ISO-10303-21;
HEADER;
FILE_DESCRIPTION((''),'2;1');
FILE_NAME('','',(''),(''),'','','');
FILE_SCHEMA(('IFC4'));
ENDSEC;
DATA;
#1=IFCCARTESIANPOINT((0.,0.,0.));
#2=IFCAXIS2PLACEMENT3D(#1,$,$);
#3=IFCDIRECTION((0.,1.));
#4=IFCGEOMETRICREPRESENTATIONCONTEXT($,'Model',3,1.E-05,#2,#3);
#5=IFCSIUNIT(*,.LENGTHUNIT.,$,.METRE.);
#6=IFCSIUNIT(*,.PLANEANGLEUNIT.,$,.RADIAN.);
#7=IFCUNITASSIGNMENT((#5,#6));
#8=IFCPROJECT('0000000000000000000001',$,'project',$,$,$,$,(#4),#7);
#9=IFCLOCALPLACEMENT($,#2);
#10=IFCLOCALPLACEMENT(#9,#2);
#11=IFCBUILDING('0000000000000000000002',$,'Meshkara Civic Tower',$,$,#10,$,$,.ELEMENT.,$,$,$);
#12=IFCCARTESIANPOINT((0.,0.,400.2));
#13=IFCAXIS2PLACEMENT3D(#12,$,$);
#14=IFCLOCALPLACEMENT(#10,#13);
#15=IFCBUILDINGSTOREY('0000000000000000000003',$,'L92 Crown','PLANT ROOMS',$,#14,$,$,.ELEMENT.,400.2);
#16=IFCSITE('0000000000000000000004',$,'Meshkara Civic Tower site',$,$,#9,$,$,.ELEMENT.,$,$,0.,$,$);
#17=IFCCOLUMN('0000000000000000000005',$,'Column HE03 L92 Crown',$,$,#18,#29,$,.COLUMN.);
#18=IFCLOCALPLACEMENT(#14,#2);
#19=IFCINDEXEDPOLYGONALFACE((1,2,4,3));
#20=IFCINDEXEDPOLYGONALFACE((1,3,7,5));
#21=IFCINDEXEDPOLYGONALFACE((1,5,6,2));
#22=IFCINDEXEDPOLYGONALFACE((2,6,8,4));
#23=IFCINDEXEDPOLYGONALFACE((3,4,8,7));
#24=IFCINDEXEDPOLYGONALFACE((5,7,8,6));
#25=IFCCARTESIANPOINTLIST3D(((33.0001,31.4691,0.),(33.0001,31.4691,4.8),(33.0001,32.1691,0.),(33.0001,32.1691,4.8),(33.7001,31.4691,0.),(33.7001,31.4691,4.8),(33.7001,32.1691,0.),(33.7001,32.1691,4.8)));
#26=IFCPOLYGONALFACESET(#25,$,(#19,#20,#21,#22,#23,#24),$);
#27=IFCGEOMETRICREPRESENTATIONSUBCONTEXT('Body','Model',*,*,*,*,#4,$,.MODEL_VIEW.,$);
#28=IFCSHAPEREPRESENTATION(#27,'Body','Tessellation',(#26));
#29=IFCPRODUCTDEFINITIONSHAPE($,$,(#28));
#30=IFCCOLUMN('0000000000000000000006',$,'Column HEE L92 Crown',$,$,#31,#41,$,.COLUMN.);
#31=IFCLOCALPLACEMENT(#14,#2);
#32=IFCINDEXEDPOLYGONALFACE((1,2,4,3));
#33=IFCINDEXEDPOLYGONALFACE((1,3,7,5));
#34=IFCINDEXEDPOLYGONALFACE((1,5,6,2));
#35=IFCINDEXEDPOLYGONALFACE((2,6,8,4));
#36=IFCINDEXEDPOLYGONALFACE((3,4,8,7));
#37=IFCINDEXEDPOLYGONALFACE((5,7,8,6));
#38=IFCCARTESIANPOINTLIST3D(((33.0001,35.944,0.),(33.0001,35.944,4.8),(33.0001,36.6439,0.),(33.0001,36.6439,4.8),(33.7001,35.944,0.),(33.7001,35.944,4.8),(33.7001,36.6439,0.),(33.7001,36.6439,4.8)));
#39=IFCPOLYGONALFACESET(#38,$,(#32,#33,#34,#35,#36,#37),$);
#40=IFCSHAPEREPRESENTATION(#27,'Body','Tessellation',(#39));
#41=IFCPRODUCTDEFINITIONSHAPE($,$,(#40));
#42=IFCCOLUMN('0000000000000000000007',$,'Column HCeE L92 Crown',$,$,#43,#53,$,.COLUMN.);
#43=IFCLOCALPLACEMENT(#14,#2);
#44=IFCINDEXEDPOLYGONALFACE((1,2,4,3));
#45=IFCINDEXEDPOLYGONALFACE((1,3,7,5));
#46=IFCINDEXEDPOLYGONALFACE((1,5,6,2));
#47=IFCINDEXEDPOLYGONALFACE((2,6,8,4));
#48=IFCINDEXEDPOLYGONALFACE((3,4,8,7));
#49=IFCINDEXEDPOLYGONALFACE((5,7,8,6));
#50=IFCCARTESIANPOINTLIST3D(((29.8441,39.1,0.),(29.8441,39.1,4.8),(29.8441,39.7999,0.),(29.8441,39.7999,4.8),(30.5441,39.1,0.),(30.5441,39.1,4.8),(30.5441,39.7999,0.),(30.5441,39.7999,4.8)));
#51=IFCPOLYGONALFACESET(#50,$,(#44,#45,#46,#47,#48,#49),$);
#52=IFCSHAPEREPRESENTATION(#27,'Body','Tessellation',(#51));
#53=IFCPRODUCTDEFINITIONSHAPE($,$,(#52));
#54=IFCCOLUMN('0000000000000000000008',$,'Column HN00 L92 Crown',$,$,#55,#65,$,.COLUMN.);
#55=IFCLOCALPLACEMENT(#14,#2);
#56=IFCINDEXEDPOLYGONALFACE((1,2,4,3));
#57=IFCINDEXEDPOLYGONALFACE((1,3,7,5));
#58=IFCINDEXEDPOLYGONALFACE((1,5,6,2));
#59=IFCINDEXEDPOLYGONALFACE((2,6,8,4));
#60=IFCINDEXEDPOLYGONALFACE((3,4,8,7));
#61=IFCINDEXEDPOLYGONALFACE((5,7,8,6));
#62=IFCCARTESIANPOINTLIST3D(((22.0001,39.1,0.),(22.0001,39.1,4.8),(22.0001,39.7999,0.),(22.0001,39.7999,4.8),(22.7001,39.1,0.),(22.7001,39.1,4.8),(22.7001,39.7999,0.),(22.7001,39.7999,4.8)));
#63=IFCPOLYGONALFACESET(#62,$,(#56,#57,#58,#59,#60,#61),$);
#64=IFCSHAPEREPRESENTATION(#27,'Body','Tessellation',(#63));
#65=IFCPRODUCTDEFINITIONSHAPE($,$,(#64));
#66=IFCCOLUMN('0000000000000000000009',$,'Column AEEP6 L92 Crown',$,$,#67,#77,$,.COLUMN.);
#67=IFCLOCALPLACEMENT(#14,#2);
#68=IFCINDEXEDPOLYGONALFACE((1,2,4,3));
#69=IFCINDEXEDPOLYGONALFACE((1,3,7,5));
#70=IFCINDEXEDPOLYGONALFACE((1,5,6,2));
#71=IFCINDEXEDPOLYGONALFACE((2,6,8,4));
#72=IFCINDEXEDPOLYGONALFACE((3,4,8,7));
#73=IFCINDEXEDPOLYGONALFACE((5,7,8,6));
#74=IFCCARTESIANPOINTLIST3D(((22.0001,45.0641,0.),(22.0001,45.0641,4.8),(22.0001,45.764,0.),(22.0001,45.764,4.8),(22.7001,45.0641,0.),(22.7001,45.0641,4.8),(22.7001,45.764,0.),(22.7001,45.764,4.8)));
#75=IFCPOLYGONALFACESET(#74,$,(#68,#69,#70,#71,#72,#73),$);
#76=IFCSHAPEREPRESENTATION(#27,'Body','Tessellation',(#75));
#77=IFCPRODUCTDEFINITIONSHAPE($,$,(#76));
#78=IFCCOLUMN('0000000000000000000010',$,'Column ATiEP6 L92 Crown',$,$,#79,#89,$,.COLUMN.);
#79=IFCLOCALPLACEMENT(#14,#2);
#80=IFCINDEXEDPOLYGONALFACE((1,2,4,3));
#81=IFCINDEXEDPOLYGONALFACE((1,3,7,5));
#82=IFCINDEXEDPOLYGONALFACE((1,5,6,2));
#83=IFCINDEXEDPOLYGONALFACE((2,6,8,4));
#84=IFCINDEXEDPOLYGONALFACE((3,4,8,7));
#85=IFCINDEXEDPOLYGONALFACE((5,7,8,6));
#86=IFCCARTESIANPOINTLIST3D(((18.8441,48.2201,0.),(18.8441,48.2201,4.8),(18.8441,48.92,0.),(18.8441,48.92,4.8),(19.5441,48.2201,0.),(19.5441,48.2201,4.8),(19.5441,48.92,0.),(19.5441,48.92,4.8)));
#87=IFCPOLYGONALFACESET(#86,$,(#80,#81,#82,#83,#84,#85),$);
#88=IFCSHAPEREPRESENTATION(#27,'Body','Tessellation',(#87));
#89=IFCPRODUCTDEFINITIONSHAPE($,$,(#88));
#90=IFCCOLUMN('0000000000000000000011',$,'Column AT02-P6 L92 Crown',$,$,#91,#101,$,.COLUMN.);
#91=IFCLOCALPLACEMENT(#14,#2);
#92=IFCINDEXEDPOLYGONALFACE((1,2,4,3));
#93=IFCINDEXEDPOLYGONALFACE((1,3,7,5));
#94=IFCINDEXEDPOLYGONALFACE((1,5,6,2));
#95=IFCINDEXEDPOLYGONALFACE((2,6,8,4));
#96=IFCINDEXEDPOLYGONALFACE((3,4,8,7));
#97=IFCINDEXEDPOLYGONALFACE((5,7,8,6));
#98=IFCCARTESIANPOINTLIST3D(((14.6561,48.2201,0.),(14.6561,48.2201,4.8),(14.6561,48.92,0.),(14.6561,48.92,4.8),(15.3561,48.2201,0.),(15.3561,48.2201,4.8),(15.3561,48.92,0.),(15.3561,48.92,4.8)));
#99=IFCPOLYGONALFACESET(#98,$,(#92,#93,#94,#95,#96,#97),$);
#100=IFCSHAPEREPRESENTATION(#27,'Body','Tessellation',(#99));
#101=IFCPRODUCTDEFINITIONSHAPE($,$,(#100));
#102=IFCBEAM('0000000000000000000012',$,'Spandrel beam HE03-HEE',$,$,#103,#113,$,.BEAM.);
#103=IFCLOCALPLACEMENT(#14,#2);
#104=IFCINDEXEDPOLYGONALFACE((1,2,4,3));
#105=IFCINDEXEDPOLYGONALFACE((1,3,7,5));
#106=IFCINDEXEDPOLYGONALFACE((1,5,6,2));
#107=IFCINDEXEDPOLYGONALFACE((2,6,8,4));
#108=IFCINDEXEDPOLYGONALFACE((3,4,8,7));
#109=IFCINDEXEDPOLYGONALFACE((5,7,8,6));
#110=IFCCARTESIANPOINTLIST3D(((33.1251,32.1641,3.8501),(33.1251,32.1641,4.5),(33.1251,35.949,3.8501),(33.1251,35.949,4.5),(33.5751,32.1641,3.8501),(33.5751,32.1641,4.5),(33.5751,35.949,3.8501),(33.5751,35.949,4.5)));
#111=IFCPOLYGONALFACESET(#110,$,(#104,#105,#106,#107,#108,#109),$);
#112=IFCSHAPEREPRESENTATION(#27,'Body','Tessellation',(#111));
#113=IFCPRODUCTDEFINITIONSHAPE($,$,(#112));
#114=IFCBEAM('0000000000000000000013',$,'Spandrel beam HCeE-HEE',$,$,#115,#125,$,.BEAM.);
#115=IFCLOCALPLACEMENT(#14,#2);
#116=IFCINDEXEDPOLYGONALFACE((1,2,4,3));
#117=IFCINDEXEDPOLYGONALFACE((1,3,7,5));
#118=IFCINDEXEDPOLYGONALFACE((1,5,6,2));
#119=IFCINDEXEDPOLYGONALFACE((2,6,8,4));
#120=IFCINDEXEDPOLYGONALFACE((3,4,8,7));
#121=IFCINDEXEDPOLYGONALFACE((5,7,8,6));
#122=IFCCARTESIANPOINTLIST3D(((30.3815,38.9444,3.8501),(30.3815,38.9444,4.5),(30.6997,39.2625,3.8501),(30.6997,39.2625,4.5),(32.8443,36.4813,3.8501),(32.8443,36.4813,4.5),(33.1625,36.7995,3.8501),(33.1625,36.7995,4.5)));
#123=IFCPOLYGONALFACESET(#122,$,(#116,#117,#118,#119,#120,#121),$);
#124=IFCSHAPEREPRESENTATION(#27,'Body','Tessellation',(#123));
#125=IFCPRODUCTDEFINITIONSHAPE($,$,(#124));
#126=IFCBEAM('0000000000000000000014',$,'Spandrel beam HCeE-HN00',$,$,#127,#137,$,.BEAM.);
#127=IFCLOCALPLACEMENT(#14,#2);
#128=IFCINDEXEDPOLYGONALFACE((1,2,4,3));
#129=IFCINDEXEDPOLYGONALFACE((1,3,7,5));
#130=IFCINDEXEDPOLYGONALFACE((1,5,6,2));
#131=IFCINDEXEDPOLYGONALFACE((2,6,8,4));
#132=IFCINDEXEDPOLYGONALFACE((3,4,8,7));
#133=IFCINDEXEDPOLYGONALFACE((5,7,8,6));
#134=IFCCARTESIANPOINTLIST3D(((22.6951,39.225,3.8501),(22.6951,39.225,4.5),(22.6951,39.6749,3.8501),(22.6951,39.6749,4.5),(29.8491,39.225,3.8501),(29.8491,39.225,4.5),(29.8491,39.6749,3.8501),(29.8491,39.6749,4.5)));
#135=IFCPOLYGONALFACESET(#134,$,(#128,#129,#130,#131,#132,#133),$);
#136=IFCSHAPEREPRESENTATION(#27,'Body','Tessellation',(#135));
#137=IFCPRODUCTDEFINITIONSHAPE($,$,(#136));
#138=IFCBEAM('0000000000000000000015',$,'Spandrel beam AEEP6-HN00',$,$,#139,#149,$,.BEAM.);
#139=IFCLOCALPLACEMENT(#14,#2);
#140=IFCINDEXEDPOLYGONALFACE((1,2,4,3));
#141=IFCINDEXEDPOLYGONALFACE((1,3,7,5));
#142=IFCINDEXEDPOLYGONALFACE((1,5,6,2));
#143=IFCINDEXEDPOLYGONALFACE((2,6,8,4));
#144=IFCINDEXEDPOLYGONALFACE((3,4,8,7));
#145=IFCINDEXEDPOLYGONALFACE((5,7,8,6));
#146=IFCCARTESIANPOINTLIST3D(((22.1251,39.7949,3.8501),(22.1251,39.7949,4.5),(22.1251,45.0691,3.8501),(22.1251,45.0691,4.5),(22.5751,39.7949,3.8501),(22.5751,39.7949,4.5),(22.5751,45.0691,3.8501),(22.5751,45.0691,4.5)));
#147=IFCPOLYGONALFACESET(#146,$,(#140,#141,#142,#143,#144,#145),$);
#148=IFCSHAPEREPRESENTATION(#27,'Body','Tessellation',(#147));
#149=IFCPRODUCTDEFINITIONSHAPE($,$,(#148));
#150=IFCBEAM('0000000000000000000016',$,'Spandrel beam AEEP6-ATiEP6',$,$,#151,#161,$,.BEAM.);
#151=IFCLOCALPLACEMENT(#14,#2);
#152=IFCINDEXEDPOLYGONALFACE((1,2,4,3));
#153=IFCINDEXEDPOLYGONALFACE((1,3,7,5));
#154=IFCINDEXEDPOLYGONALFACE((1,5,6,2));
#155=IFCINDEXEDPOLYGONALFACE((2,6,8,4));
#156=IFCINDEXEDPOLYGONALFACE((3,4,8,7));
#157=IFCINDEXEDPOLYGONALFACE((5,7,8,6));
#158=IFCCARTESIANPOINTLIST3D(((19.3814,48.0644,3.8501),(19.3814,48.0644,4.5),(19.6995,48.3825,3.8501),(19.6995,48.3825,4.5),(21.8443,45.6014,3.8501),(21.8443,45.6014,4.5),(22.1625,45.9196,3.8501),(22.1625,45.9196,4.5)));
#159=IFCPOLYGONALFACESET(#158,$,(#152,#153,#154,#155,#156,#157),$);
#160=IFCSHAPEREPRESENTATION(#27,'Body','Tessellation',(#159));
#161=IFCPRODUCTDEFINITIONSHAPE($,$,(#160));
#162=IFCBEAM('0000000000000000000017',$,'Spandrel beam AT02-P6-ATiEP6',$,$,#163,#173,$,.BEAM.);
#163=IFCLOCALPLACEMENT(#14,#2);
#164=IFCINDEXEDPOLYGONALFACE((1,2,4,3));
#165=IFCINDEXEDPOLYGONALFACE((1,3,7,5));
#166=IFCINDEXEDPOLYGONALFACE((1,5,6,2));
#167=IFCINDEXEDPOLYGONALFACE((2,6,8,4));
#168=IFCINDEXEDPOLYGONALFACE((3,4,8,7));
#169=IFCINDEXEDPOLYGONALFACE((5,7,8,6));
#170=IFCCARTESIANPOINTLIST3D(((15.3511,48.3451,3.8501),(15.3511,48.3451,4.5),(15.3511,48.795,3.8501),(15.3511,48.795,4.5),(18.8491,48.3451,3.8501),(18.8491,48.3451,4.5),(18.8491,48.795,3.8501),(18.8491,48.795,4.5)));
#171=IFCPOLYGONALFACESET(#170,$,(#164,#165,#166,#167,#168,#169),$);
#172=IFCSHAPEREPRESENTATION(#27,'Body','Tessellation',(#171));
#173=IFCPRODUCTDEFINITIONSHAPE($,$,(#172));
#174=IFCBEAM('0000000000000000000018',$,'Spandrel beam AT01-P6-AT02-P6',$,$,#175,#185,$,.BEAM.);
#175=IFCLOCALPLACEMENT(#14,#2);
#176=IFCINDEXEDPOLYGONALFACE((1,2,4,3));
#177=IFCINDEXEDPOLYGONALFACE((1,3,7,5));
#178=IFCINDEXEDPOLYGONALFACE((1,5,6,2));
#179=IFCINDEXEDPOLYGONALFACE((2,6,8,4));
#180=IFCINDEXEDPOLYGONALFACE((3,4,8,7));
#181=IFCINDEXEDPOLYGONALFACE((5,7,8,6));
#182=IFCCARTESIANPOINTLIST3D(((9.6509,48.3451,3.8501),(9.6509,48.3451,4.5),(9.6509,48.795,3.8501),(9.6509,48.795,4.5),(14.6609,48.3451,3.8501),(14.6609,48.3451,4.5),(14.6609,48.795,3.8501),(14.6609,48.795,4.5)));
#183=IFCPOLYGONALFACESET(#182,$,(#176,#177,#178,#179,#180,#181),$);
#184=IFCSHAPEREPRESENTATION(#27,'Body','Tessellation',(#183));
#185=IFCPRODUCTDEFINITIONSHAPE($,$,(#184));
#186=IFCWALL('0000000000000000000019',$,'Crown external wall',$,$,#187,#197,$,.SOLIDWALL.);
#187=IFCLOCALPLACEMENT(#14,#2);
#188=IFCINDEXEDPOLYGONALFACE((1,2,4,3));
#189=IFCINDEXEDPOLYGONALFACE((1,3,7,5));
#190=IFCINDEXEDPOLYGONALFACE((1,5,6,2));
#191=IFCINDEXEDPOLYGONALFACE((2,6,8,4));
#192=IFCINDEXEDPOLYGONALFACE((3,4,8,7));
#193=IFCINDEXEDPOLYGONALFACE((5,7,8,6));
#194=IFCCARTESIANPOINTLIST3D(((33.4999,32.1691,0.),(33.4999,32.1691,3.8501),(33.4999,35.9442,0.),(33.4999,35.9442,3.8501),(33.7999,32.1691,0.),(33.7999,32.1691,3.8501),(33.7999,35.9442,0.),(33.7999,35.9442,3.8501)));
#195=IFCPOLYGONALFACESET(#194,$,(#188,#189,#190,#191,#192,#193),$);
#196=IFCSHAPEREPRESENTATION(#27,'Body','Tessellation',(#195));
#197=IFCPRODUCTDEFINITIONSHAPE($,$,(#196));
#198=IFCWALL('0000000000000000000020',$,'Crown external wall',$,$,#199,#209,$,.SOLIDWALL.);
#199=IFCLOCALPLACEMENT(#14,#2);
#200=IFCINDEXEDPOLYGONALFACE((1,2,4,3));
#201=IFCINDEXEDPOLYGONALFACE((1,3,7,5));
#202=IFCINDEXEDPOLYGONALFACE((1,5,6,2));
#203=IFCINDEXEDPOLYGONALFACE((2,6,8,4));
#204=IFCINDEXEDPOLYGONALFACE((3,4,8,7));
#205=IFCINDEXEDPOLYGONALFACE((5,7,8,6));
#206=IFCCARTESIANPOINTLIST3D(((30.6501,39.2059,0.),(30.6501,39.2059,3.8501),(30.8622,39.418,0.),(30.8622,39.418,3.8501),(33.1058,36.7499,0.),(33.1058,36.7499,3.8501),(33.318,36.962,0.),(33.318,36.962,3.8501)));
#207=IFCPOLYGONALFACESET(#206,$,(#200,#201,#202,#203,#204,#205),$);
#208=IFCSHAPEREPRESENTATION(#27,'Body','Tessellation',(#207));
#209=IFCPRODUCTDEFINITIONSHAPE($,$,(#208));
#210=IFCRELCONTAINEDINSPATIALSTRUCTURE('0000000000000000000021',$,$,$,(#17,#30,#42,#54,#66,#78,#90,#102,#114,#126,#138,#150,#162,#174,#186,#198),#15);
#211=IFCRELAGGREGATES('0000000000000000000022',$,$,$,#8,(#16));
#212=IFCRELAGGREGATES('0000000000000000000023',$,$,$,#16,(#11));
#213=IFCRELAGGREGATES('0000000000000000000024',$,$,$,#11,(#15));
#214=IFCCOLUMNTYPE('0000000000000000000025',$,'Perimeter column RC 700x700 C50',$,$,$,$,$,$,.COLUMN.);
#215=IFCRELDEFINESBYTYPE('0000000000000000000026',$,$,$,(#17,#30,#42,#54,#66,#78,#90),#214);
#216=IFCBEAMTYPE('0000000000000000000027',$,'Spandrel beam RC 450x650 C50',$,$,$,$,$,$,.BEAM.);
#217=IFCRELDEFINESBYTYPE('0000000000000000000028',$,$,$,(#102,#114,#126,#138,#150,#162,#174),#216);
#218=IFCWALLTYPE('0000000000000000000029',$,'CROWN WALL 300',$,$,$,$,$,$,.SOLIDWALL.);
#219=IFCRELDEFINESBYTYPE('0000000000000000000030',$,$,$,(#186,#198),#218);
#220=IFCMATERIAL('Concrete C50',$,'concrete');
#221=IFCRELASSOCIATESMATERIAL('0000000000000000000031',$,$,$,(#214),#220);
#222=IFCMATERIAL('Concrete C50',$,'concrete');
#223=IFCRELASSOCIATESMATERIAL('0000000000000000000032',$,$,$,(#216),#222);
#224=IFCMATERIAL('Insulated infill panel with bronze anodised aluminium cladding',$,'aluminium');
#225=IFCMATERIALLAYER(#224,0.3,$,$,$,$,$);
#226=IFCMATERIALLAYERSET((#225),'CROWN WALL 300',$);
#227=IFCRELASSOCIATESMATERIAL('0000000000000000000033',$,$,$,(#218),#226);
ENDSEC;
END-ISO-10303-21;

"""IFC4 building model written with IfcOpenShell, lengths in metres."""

from ifc_helpers import new_model, si_unit, direction, frame, frame_2d, origin, origin_2d, place, context, subcontext, project, spatial, rectangle, extrude, material, layer, layer_set, material_profile, profile_set, type_object, element, save


model = new_model("IFC4")

# Units and contexts
model_context = context("Model", 3, precision=1e-05, world=origin(), true_north=direction((0.0, 1.0)))
body_context = subcontext(model_context, "Body", "Model", "MODEL_VIEW")
ifc_project = project(units=[si_unit("LENGTHUNIT", "METRE"), si_unit("PLANEANGLEUNIT", "RADIAN")], contexts=[model_context])

# Site, building, storey
site_placement = place(None, origin())
site = spatial("IfcSite", under=ifc_project, at=site_placement, Name="Meshkara Civic Tower site", CompositionType="ELEMENT", RefElevation=0.0)
building_placement = place(site_placement, origin())
building = spatial("IfcBuilding", under=site, at=building_placement, Name="Meshkara Civic Tower", CompositionType="ELEMENT")
storey_placement = place(building_placement, frame((0.0, 0.0, 400.2)))
storey = spatial("IfcBuildingStorey", under=building, at=storey_placement, Name="L92 Crown", Description="PLANT ROOMS", CompositionType="ELEMENT", Elevation=400.2)

# Columns
ifc_material_1 = material(Name="Concrete C50", Category="concrete")
ifc_material_profile_1 = material_profile(ifc_material_1, rectangle(XDim=0.7, YDim=0.7, at=origin_2d()))
ifc_profile_set_1 = profile_set([ifc_material_profile_1], Name="Concrete C50")
column_type = type_object("IfcColumnType", Name="Perimeter column RC 700x700 C50", PredefinedType="COLUMN", material=ifc_profile_set_1)
for number, where, z_axis, x_axis, name in (
    (1, (33.3501, 31.8191, 0.0), (0.0, 0.0, 1.0), (1.0, 0.0, 0.0), "Column HE03 L92 Crown"),
    (2, (33.3501, 36.2939, 0.0), (0.0, 0.0, 1.0), (1.0, 0.0, 0.0), "Column HEE L92 Crown"),
    (3, (30.1941, 39.45, 0.0), (0.0, 0.0, 1.0), (1.0, 0.0, 0.0), "Column HCeE L92 Crown"),
    (4, (22.3501, 39.45, 0.0), (0.0, 0.0, 1.0), (1.0, 0.0, 0.0), "Column HN00 L92 Crown"),
    (5, (22.3501, 45.4141, 0.0), (0.0, 0.0, 1.0), (1.0, 0.0, 0.0), "Column AEEP6 L92 Crown"),
    (6, (19.1941, 48.5701, 0.0), (0.0, 0.0, 1.0), (1.0, 0.0, 0.0), "Column ATiEP6 L92 Crown"),
    (7, (15.0061, 48.5701, 0.0), (0.0, 0.0, 1.0), (1.0, 0.0, 0.0), "Column AT02-P6 L92 Crown"),
):
    element("IfcColumn", number, at=place(storey_placement, frame(where, z_axis=z_axis, x_axis=x_axis)), inside=storey, type_object=column_type, Name=name, PredefinedType="COLUMN", context=body_context, shape_type="SweptSolid", body=[
        extrude(rectangle(XDim=0.7, YDim=0.7, at=origin_2d()), origin(), (0.0, 0.0, 1.0), 4.8),
    ])

# Beams
ifc_material_2 = material(Name="Concrete C50", Category="concrete")
ifc_material_profile_2 = material_profile(ifc_material_2, rectangle(XDim=0.45, YDim=0.6499, at=origin_2d()))
ifc_profile_set_2 = profile_set([ifc_material_profile_2], Name="Concrete C50")
beam_type = type_object("IfcBeamType", Name="Spandrel beam RC 450x650 C50", PredefinedType="BEAM", material=ifc_profile_set_2)
beam_1_placement = place(storey_placement, frame((33.3501, 32.1641, 4.175), z_axis=(0.0, 1.0, 0.0), x_axis=(-1.0, 0.0, 0.0)))
element("IfcBeam", 8, at=beam_1_placement, inside=storey, type_object=beam_type, Name="Spandrel beam HE03-HEE", PredefinedType="BEAM", context=body_context, shape_type="SweptSolid", body=[
    extrude(rectangle(XDim=0.45, YDim=0.6499, at=origin_2d()), origin(), (0.0, 0.0, 1.0), 3.7849),
])
beam_2_placement = place(storey_placement, frame((33.0034, 36.6404, 4.175), z_axis=(-0.707072, 0.707142, 0.0), x_axis=(-0.707142, -0.707072, 0.0)))
element("IfcBeam", 9, at=beam_2_placement, inside=storey, type_object=beam_type, Name="Spandrel beam HCeE-HEE", PredefinedType="BEAM", context=body_context, shape_type="SweptSolid", body=[
    extrude(rectangle(XDim=0.45, YDim=0.6499, at=origin_2d()), origin(), (0.0, 0.0, 1.0), 3.4832),
])
beam_3_placement = place(storey_placement, frame((29.8491, 39.45, 4.175), z_axis=(-1.0, 0.0, 0.0), x_axis=(0.0, -1.0, 0.0)))
element("IfcBeam", 10, at=beam_3_placement, inside=storey, type_object=beam_type, Name="Spandrel beam HCeE-HN00", PredefinedType="BEAM", context=body_context, shape_type="SweptSolid", body=[
    extrude(rectangle(XDim=0.45, YDim=0.6499, at=origin_2d()), origin(), (0.0, 0.0, 1.0), 7.1541),
])
beam_4_placement = place(storey_placement, frame((22.3501, 39.7949, 4.175), z_axis=(0.0, 1.0, 0.0), x_axis=(-1.0, 0.0, 0.0)))
element("IfcBeam", 11, at=beam_4_placement, inside=storey, type_object=beam_type, Name="Spandrel beam AEEP6-HN00", PredefinedType="BEAM", context=body_context, shape_type="SweptSolid", body=[
    extrude(rectangle(XDim=0.45, YDim=0.6499, at=origin_2d()), origin(), (0.0, 0.0, 1.0), 5.2742),
])
beam_5_placement = place(storey_placement, frame((22.0034, 45.7605, 4.175), z_axis=(-0.707107, 0.707107, 0.0), x_axis=(-0.707107, -0.707107, 0.0)))
element("IfcBeam", 12, at=beam_5_placement, inside=storey, type_object=beam_type, Name="Spandrel beam AEEP6-ATiEP6", PredefinedType="BEAM", context=body_context, shape_type="SweptSolid", body=[
    extrude(rectangle(XDim=0.45, YDim=0.6499, at=origin_2d()), origin(), (0.0, 0.0, 1.0), 3.4832),
])
beam_6_placement = place(storey_placement, frame((18.8491, 48.5701, 4.175), z_axis=(-1.0, 0.0, 0.0), x_axis=(0.0, -1.0, 0.0)))
element("IfcBeam", 13, at=beam_6_placement, inside=storey, type_object=beam_type, Name="Spandrel beam AT02-P6-ATiEP6", PredefinedType="BEAM", context=body_context, shape_type="SweptSolid", body=[
    extrude(rectangle(XDim=0.45, YDim=0.6499, at=origin_2d()), origin(), (0.0, 0.0, 1.0), 3.498),
])
beam_7_placement = place(storey_placement, frame((14.6609, 48.5701, 4.175), z_axis=(-1.0, 0.0, 0.0), x_axis=(0.0, -1.0, 0.0)))
element("IfcBeam", 14, at=beam_7_placement, inside=storey, type_object=beam_type, Name="Spandrel beam AT01-P6-AT02-P6", PredefinedType="BEAM", context=body_context, shape_type="SweptSolid", body=[
    extrude(rectangle(XDim=0.45, YDim=0.6499, at=origin_2d()), origin(), (0.0, 0.0, 1.0), 5.01),
])

# Walls
ifc_material_3 = material(Name="Insulated infill panel with bronze anodised aluminium cladding", Category="aluminium")
ifc_layer_1 = layer(ifc_material_3, 0.3)
ifc_layer_set_1 = layer_set([ifc_layer_1], Name="CROWN WALL 300")
wall_type_1 = type_object("IfcWallType", Name="CROWN WALL 300", PredefinedType="SOLIDWALL", material=ifc_layer_set_1)
wall_1_placement = place(storey_placement, frame((33.6499, 32.1689, 0.0), z_axis=(0.0, 0.0, 1.0), x_axis=(0.0, 1.0, 0.0)))
element("IfcWall", 15, at=wall_1_placement, inside=storey, type_object=wall_type_1, Name="Crown external wall", PredefinedType="SOLIDWALL", context=body_context, shape_type="SweptSolid", body=[
    extrude(rectangle(XDim=3.7751, YDim=0.3, at=frame_2d((1.8877, 0.0))), origin(), (0.0, 0.0, 1.0), 3.8501),
])
wall_2_placement = place(storey_placement, frame((33.2119, 36.856, 0.0), z_axis=(0.0, 0.0, 1.0), x_axis=(-0.707072, 0.707142, 0.0)))
element("IfcWall", 16, at=wall_2_placement, inside=storey, type_object=wall_type_1, Name="Crown external wall", PredefinedType="SOLIDWALL", context=body_context, shape_type="SweptSolid", body=[
    extrude(rectangle(XDim=3.4731, YDim=0.3, at=frame_2d((1.7366, 0.0))), origin(), (0.0, 0.0, 1.0), 3.8501),
])

save(model, "model.ifc")
